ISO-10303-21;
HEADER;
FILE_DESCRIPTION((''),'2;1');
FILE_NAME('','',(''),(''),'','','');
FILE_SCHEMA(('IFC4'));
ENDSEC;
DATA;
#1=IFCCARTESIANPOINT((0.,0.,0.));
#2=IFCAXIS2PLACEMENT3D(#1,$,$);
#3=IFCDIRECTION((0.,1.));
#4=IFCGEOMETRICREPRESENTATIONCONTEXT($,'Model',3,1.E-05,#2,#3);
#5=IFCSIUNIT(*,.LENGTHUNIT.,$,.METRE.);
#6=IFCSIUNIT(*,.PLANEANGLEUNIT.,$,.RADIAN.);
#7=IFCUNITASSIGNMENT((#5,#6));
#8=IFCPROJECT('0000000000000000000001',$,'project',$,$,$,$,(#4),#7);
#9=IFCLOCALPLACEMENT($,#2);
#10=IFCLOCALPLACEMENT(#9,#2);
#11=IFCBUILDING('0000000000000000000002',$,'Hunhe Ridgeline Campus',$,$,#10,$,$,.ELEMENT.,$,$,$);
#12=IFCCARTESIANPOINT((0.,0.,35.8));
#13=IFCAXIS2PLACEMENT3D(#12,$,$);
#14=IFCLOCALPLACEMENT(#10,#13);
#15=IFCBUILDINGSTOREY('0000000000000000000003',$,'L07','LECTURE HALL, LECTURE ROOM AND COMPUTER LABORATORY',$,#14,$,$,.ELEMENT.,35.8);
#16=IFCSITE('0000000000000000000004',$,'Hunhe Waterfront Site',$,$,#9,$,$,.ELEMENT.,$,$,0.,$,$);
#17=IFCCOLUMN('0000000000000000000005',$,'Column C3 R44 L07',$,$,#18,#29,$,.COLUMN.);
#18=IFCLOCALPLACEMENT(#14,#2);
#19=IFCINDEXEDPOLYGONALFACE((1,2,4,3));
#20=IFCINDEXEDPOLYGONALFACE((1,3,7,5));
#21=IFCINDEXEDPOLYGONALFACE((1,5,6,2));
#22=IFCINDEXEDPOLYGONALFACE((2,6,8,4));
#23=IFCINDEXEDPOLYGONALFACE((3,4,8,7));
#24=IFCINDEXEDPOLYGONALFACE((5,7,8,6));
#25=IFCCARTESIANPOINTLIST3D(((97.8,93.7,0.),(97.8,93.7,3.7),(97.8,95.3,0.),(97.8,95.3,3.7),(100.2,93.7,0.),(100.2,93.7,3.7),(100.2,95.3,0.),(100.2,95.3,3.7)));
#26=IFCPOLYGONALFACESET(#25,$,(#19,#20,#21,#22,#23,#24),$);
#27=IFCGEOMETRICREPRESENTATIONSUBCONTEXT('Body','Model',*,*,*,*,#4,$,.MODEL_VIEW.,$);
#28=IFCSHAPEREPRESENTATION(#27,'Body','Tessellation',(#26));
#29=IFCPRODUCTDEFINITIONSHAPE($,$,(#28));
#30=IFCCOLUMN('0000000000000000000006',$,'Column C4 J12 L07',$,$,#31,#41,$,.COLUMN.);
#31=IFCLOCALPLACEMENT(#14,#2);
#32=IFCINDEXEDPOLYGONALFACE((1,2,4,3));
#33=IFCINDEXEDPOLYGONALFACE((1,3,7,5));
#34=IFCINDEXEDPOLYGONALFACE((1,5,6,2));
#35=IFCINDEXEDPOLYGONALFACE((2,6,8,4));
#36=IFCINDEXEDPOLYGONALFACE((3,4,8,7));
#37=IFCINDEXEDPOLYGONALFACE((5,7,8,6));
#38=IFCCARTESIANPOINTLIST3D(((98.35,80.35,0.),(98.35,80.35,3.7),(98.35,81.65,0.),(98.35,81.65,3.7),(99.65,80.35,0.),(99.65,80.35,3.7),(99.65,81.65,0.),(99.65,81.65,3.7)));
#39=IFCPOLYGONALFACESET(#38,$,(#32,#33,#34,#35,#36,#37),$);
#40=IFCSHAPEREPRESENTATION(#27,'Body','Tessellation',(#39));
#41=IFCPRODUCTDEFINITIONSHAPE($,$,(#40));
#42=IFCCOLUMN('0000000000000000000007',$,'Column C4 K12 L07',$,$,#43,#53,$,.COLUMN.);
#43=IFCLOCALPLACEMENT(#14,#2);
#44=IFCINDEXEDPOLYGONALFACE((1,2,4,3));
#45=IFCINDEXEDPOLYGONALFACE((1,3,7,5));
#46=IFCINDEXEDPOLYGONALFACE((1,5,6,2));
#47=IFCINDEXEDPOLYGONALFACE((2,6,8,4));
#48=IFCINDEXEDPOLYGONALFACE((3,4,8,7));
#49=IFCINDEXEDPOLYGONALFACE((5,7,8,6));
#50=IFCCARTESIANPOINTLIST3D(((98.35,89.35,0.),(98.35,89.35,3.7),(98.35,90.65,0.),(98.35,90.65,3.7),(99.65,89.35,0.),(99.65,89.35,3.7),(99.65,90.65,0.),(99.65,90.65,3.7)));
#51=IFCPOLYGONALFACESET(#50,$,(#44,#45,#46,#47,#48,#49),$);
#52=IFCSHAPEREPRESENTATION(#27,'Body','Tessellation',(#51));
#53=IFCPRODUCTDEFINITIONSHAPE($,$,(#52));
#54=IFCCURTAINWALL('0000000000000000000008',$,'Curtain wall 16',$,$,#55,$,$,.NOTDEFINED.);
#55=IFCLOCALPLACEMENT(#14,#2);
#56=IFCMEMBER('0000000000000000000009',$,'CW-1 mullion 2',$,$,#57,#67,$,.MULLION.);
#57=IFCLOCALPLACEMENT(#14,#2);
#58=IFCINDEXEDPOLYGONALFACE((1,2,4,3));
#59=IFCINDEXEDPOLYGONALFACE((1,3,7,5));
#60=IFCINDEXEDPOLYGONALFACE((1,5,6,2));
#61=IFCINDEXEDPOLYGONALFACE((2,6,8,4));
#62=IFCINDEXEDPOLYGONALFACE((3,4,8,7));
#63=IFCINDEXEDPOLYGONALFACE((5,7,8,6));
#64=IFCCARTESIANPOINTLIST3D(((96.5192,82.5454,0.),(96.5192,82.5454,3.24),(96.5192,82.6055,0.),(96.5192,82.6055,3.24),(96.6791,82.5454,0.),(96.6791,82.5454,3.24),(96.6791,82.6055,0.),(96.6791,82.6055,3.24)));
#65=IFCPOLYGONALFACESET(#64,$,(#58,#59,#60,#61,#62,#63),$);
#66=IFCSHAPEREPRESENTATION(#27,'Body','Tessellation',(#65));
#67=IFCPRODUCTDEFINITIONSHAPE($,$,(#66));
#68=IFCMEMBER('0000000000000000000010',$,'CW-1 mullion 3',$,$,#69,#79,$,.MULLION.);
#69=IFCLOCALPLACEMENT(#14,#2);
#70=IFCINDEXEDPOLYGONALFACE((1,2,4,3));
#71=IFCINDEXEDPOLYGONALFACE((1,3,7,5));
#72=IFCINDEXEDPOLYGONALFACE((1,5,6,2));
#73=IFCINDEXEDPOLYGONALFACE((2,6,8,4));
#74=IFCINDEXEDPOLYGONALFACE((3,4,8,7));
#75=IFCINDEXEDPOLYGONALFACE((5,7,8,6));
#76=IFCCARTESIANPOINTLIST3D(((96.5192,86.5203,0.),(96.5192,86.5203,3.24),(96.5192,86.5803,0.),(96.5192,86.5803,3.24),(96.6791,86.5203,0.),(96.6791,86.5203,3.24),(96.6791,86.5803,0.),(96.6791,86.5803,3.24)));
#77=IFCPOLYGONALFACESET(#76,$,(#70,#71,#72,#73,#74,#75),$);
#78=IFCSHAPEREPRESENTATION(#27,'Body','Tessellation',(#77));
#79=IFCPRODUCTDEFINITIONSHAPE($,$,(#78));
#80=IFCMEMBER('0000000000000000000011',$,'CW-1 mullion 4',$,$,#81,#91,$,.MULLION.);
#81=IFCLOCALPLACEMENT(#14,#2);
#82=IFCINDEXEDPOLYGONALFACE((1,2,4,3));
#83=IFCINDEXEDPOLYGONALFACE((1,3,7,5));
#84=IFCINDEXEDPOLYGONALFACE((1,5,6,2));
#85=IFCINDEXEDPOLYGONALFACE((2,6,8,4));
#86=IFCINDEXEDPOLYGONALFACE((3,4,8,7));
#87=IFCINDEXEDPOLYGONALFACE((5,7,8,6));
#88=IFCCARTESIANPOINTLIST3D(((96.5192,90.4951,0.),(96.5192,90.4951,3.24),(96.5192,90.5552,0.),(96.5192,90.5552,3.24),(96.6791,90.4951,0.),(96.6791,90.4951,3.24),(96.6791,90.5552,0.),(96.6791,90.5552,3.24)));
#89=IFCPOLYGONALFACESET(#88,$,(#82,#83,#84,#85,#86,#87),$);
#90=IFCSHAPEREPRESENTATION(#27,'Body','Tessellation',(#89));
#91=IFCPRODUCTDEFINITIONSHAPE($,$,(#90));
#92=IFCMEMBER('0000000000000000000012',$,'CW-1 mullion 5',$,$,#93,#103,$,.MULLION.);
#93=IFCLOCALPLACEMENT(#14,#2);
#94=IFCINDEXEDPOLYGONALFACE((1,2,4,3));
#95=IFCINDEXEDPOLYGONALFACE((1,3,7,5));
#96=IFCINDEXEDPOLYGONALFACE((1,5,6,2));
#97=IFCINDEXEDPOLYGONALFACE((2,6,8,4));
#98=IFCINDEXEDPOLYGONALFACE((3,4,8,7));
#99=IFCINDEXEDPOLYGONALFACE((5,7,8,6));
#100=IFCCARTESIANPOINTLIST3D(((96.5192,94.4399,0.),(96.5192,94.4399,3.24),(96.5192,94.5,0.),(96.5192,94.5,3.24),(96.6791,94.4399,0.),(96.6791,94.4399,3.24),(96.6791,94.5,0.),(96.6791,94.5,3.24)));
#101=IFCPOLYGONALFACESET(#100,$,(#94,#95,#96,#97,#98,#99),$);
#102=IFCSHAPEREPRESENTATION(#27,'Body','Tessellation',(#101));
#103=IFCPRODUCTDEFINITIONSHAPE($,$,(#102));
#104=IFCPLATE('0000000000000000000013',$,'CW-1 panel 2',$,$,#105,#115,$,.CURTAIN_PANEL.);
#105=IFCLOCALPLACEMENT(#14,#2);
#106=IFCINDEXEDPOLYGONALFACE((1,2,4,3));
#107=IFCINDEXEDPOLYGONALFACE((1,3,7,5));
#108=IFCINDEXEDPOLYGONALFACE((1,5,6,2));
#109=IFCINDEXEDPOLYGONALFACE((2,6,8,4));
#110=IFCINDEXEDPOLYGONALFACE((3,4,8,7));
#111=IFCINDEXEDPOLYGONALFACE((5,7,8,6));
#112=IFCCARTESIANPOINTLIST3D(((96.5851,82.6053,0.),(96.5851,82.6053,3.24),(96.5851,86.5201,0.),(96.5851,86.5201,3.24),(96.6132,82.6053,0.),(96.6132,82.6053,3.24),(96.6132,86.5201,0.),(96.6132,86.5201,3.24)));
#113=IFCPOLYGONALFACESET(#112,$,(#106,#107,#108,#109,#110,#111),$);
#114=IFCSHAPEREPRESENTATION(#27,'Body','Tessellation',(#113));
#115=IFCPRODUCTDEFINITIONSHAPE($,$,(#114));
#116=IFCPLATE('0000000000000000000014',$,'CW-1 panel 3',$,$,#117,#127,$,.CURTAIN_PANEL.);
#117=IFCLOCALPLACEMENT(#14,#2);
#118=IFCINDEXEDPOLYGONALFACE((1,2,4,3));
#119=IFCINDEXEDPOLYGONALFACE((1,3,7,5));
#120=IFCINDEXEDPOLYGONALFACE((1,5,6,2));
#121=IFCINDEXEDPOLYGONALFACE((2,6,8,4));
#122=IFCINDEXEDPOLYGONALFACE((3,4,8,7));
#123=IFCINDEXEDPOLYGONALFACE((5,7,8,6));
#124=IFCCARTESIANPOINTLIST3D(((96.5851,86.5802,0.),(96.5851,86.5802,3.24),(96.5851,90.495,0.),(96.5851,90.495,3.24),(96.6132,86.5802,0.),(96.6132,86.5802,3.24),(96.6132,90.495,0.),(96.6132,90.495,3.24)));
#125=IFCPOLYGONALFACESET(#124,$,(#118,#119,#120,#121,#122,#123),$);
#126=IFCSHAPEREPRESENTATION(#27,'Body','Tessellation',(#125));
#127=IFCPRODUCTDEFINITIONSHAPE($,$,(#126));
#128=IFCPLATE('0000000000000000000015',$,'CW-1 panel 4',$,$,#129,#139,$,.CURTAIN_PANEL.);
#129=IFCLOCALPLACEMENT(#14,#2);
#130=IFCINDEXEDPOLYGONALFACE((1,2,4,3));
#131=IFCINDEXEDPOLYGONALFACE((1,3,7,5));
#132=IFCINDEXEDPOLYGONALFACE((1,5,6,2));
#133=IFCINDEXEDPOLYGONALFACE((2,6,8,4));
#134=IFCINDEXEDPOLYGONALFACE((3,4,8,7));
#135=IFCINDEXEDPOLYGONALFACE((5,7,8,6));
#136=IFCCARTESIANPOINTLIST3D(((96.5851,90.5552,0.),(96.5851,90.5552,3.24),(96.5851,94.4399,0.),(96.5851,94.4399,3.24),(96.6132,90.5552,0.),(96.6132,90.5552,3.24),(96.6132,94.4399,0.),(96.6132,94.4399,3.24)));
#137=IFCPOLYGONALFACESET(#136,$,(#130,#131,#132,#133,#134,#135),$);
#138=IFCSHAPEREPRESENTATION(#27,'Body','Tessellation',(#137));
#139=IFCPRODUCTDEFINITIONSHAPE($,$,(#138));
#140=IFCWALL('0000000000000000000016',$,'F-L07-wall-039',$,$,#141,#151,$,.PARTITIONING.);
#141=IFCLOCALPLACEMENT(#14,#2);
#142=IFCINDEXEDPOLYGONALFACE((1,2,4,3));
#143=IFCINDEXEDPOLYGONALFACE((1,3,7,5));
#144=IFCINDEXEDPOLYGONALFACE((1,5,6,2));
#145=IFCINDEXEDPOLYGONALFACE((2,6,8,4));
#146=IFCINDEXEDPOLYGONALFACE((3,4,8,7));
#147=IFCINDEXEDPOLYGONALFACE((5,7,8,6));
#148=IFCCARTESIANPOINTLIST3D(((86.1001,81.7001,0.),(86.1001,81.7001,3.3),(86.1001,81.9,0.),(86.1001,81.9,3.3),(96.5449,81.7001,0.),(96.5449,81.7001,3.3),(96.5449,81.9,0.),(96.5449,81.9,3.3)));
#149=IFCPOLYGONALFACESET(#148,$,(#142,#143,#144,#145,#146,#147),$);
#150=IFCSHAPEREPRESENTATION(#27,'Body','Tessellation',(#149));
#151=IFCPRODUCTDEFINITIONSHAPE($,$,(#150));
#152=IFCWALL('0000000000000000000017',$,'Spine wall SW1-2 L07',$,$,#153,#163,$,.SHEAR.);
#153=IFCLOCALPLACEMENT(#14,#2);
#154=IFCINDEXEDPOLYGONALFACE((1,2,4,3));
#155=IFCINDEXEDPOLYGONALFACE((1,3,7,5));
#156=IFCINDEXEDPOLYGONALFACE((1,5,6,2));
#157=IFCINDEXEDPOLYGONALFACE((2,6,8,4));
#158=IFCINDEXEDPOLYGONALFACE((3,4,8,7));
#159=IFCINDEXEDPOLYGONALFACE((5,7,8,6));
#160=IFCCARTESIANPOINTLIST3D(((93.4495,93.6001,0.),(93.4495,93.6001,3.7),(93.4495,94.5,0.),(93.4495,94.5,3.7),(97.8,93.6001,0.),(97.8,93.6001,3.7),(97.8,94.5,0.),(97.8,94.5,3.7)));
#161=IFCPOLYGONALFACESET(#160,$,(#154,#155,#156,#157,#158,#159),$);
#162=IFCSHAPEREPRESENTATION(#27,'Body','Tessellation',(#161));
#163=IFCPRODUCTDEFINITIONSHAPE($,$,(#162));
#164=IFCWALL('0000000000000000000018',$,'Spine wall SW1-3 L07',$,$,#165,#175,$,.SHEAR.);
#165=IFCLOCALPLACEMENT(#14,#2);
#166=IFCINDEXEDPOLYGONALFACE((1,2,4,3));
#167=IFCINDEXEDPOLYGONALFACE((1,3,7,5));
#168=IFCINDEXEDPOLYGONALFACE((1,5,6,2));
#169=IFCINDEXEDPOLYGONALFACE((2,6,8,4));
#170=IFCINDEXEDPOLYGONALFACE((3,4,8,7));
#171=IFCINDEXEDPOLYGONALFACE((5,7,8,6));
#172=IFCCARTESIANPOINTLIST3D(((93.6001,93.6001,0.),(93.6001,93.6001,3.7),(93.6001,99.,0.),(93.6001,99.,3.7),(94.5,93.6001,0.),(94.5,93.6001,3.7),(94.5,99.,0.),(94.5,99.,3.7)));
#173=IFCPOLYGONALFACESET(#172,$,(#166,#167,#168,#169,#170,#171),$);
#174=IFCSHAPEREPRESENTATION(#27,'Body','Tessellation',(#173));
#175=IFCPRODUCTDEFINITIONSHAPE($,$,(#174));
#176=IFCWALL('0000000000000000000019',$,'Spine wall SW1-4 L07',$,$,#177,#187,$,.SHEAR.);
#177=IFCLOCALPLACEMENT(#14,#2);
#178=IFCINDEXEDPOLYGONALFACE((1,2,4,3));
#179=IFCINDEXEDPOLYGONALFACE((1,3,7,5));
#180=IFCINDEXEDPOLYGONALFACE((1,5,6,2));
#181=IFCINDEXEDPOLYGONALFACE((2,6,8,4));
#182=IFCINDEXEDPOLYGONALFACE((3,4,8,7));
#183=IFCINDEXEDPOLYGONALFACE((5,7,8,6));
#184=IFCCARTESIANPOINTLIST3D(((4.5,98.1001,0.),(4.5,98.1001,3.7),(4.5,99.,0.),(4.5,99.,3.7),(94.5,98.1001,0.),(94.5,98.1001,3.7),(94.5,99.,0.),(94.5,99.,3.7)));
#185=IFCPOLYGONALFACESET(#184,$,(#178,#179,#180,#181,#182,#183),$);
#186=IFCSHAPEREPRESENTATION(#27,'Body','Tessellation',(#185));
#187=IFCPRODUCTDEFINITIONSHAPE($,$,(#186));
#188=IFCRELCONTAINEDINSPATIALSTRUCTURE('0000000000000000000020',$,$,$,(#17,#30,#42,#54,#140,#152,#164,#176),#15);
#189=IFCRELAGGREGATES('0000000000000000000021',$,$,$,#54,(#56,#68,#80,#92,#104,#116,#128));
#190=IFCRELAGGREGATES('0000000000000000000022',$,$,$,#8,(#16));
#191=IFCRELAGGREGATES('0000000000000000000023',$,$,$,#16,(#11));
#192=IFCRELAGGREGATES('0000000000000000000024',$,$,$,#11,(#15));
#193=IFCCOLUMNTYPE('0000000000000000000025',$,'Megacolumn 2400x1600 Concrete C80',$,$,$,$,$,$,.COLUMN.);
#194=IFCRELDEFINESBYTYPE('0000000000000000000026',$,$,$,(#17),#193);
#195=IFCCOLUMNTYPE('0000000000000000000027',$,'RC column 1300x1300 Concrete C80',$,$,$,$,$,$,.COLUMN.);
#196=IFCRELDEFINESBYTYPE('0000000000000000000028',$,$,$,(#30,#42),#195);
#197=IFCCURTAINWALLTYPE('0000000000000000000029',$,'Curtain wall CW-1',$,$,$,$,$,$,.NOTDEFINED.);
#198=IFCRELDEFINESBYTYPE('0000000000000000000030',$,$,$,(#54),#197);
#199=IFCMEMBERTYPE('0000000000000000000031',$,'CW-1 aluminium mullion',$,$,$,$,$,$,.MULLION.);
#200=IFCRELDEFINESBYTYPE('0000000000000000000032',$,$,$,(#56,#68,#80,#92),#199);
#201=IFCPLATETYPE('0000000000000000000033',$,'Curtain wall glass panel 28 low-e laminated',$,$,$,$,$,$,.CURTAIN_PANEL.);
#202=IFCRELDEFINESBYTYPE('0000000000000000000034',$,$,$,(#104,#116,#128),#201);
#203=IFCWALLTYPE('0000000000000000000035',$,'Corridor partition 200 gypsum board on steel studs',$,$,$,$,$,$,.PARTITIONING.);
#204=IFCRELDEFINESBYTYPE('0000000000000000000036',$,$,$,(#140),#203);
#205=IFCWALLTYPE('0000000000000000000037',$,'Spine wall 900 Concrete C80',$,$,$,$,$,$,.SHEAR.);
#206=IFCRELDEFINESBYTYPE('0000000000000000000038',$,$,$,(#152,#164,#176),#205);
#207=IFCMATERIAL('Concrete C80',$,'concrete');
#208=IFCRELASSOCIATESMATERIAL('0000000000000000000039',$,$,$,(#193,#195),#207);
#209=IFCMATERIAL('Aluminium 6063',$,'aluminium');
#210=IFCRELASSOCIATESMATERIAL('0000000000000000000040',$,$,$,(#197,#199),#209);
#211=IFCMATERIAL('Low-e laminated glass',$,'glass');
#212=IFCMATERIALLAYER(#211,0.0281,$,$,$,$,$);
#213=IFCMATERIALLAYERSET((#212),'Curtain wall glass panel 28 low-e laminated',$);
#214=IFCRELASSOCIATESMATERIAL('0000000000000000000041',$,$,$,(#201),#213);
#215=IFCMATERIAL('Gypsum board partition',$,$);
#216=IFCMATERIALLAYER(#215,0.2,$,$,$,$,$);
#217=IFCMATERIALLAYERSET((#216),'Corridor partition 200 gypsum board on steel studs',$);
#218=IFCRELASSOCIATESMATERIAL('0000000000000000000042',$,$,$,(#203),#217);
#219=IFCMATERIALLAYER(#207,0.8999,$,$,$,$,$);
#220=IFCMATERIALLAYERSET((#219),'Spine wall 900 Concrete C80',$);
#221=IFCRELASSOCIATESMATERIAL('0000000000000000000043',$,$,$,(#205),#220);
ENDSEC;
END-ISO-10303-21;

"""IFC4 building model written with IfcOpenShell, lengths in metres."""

from ifc_helpers import new_model, si_unit, direction, frame, frame_2d, origin, origin_2d, place, context, subcontext, project, spatial, rectangle, extrude, material, layer, layer_set, material_profile, profile_set, type_object, element, aggregate, save


model = new_model("IFC4")

# Units and contexts
model_context = context("Model", 3, precision=1e-05, world=origin(), true_north=direction((0.0, 1.0)))
body_context = subcontext(model_context, "Body", "Model", "MODEL_VIEW")
ifc_project = project(units=[si_unit("LENGTHUNIT", "METRE"), si_unit("PLANEANGLEUNIT", "RADIAN")], contexts=[model_context])

# Site, building, storey
site_placement = place(None, origin())
site = spatial("IfcSite", under=ifc_project, at=site_placement, Name="Hunhe Waterfront Site", CompositionType="ELEMENT", RefElevation=0.0)
building_placement = place(site_placement, origin())
building = spatial("IfcBuilding", under=site, at=building_placement, Name="Hunhe Ridgeline Campus", CompositionType="ELEMENT")
storey_placement = place(building_placement, frame((0.0, 0.0, 35.8)))
storey = spatial("IfcBuildingStorey", under=building, at=storey_placement, Name="L07", Description="LECTURE HALL, LECTURE ROOM AND COMPUTER LABORATORY", CompositionType="ELEMENT", Elevation=35.8)

# Columns
ifc_material_1 = material(Name="Concrete C80", Category="concrete")
ifc_material_profile_1 = material_profile(ifc_material_1, rectangle(XDim=2.3999, YDim=1.6001, at=origin_2d()))
ifc_profile_set_1 = profile_set([ifc_material_profile_1], Name="Concrete C80")
column_type_1 = type_object("IfcColumnType", Name="Megacolumn 2400x1600 Concrete C80", PredefinedType="COLUMN", material=ifc_profile_set_1)
column_placement = place(storey_placement, frame((99.0, 94.5, 0.0), z_axis=(0.0, 0.0, 1.0), x_axis=(1.0, 0.0, 0.0)))
element("IfcColumn", 1, at=column_placement, inside=storey, type_object=column_type_1, Name="Column C3 R44 L07", PredefinedType="COLUMN", context=body_context, shape_type="SweptSolid", body=[
    extrude(rectangle(XDim=2.3999, YDim=1.6001, at=origin_2d()), origin(), (0.0, 0.0, 1.0), 3.7),
])
ifc_material_profile_2 = material_profile(ifc_material_1, rectangle(XDim=1.3, YDim=1.3, at=origin_2d()))
ifc_profile_set_2 = profile_set([ifc_material_profile_2], Name="Concrete C80")
column_type_2 = type_object("IfcColumnType", Name="RC column 1300x1300 Concrete C80", PredefinedType="COLUMN", material=ifc_profile_set_2)
for number, where, z_axis, x_axis, name in (
    (2, (99.0, 81.0, 0.0), (0.0, 0.0, 1.0), (1.0, 0.0, 0.0), "Column C4 J12 L07"),
    (3, (99.0, 90.0, 0.0), (0.0, 0.0, 1.0), (1.0, 0.0, 0.0), "Column C4 K12 L07"),
):
    element("IfcColumn", number, at=place(storey_placement, frame(where, z_axis=z_axis, x_axis=x_axis)), inside=storey, type_object=column_type_2, Name=name, PredefinedType="COLUMN", context=body_context, shape_type="SweptSolid", body=[
        extrude(rectangle(XDim=1.3, YDim=1.3, at=origin_2d()), origin(), (0.0, 0.0, 1.0), 3.7),
    ])

# Curtain wall, members, plates
ifc_material_2 = material(Name="Aluminium 6063", Category="aluminium")
curtain_wall_type = type_object("IfcCurtainWallType", Name="Curtain wall CW-1", PredefinedType="NOTDEFINED", material=ifc_material_2)
curtain_wall_placement = place(storey_placement, origin())
curtain_wall = element("IfcCurtainWall", 4, at=curtain_wall_placement, inside=storey, type_object=curtain_wall_type, Name="Curtain wall 16", PredefinedType="NOTDEFINED")
ifc_material_profile_3 = material_profile(ifc_material_2, rectangle(XDim=0.1599, YDim=0.0601, at=origin_2d()))
ifc_profile_set_3 = profile_set([ifc_material_profile_3], Name="Aluminium 6063")
member_type = type_object("IfcMemberType", Name="CW-1 aluminium mullion", PredefinedType="MULLION", material=ifc_profile_set_3)
member_1_placement = place(storey_placement, frame((96.5991, 82.5754, 0.0), z_axis=(0.0, 0.0, 1.0), x_axis=(-1.0, 0.0, 0.0)))
member_1 = element("IfcMember", 5, at=member_1_placement, type_object=member_type, Name="CW-1 mullion 2", PredefinedType="MULLION", context=body_context, shape_type="SweptSolid", body=[
    extrude(rectangle(XDim=0.1599, YDim=0.0601, at=origin_2d()), origin(), (0.0, 0.0, 1.0), 3.24),
])
member_2_placement = place(storey_placement, frame((96.5991, 86.5503, 0.0), z_axis=(0.0, 0.0, 1.0), x_axis=(-1.0, 0.0, 0.0)))
member_2 = element("IfcMember", 6, at=member_2_placement, type_object=member_type, Name="CW-1 mullion 3", PredefinedType="MULLION", context=body_context, shape_type="SweptSolid", body=[
    extrude(rectangle(XDim=0.1599, YDim=0.0601, at=origin_2d()), origin(), (0.0, 0.0, 1.0), 3.24),
])
member_3_placement = place(storey_placement, frame((96.5991, 90.5251, 0.0), z_axis=(0.0, 0.0, 1.0), x_axis=(-1.0, 0.0, 0.0)))
member_3 = element("IfcMember", 7, at=member_3_placement, type_object=member_type, Name="CW-1 mullion 4", PredefinedType="MULLION", context=body_context, shape_type="SweptSolid", body=[
    extrude(rectangle(XDim=0.1599, YDim=0.0601, at=origin_2d()), origin(), (0.0, 0.0, 1.0), 3.24),
])
member_4_placement = place(storey_placement, frame((96.5991, 94.47, 0.0), z_axis=(0.0, 0.0, 1.0), x_axis=(-1.0, 0.0, 0.0)))
member_4 = element("IfcMember", 8, at=member_4_placement, type_object=member_type, Name="CW-1 mullion 5", PredefinedType="MULLION", context=body_context, shape_type="SweptSolid", body=[
    extrude(rectangle(XDim=0.1599, YDim=0.0601, at=origin_2d()), origin(), (0.0, 0.0, 1.0), 3.24),
])
ifc_material_3 = material(Name="Low-e laminated glass", Category="glass")
ifc_layer_1 = layer(ifc_material_3, 0.0281)
ifc_layer_set_1 = layer_set([ifc_layer_1], Name="Curtain wall glass panel 28 low-e laminated")
plate_type = type_object("IfcPlateType", Name="Curtain wall glass panel 28 low-e laminated", PredefinedType="CURTAIN_PANEL", material=ifc_layer_set_1)
plate_1_placement = place(storey_placement, frame((96.5991, 84.5627, 0.0), z_axis=(0.0, 0.0, 1.0), x_axis=(0.0, 1.0, 0.0)))
plate_1 = element("IfcPlate", 9, at=plate_1_placement, type_object=plate_type, Name="CW-1 panel 2", PredefinedType="CURTAIN_PANEL", context=body_context, shape_type="SweptSolid", body=[
    extrude(rectangle(XDim=3.9148, YDim=0.0281, at=origin_2d()), origin(), (0.0, 0.0, 1.0), 3.24),
])
plate_2_placement = place(storey_placement, frame((96.5991, 88.5376, 0.0), z_axis=(0.0, 0.0, 1.0), x_axis=(0.0, 1.0, 0.0)))
plate_2 = element("IfcPlate", 10, at=plate_2_placement, type_object=plate_type, Name="CW-1 panel 3", PredefinedType="CURTAIN_PANEL", context=body_context, shape_type="SweptSolid", body=[
    extrude(rectangle(XDim=3.9148, YDim=0.0281, at=origin_2d()), origin(), (0.0, 0.0, 1.0), 3.24),
])
plate_3_placement = place(storey_placement, frame((96.5991, 92.4976, 0.0), z_axis=(0.0, 0.0, 1.0), x_axis=(0.0, 1.0, 0.0)))
plate_3 = element("IfcPlate", 11, at=plate_3_placement, type_object=plate_type, Name="CW-1 panel 4", PredefinedType="CURTAIN_PANEL", context=body_context, shape_type="SweptSolid", body=[
    extrude(rectangle(XDim=3.8848, YDim=0.0281, at=origin_2d()), origin(), (0.0, 0.0, 1.0), 3.24),
])
aggregate(curtain_wall, [member_1, member_2, member_3, member_4, plate_1, plate_2, plate_3])

# Walls
ifc_material_4 = material(Name="Gypsum board partition")
ifc_layer_2 = layer(ifc_material_4, 0.2)
ifc_layer_set_2 = layer_set([ifc_layer_2], Name="Corridor partition 200 gypsum board on steel studs")
wall_type_1 = type_object("IfcWallType", Name="Corridor partition 200 gypsum board on steel studs", PredefinedType="PARTITIONING", material=ifc_layer_set_2)
wall_1_placement = place(storey_placement, frame((96.5449, 81.8, 0.0), z_axis=(0.0, 0.0, 1.0), x_axis=(-1.0, 0.0, 0.0)))
element("IfcWall", 12, at=wall_1_placement, inside=storey, type_object=wall_type_1, Name="F-L07-wall-039", PredefinedType="PARTITIONING", context=body_context, shape_type="SweptSolid", body=[
    extrude(rectangle(XDim=10.4448, YDim=0.2, at=frame_2d((5.2224, 0.0))), origin(), (0.0, 0.0, 1.0), 3.3),
])
ifc_layer_3 = layer(ifc_material_1, 0.8999)
ifc_layer_set_3 = layer_set([ifc_layer_3], Name="Spine wall 900 Concrete C80")
wall_type_2 = type_object("IfcWallType", Name="Spine wall 900 Concrete C80", PredefinedType="SHEAR", material=ifc_layer_set_3)
wall_2_placement = place(storey_placement, frame((97.8, 94.05, 0.0), z_axis=(0.0, 0.0, 1.0), x_axis=(-1.0, 0.0, 0.0)))
element("IfcWall", 13, at=wall_2_placement, inside=storey, type_object=wall_type_2, Name="Spine wall SW1-2 L07", PredefinedType="SHEAR", context=body_context, shape_type="SweptSolid", body=[
    extrude(rectangle(XDim=4.3506, YDim=0.8999, at=frame_2d((2.1753, 0.0))), origin(), (0.0, 0.0, 1.0), 3.7),
])
wall_3_placement = place(storey_placement, frame((94.05, 93.6001, 0.0), z_axis=(0.0, 0.0, 1.0), x_axis=(0.0, 1.0, 0.0)))
element("IfcWall", 14, at=wall_3_placement, inside=storey, type_object=wall_type_2, Name="Spine wall SW1-3 L07", PredefinedType="SHEAR", context=body_context, shape_type="SweptSolid", body=[
    extrude(rectangle(XDim=5.3999, YDim=0.8999, at=frame_2d((2.7, 0.0))), origin(), (0.0, 0.0, 1.0), 3.7),
])
wall_4_placement = place(storey_placement, frame((94.5, 98.55, 0.0), z_axis=(0.0, 0.0, 1.0), x_axis=(-1.0, 0.0, 0.0)))
element("IfcWall", 15, at=wall_4_placement, inside=storey, type_object=wall_type_2, Name="Spine wall SW1-4 L07", PredefinedType="SHEAR", context=body_context, shape_type="SweptSolid", body=[
    extrude(rectangle(XDim=90.0, YDim=0.8999, at=frame_2d((45.0, 0.0))), origin(), (0.0, 0.0, 1.0), 3.7),
])

save(model, "model.ifc")
